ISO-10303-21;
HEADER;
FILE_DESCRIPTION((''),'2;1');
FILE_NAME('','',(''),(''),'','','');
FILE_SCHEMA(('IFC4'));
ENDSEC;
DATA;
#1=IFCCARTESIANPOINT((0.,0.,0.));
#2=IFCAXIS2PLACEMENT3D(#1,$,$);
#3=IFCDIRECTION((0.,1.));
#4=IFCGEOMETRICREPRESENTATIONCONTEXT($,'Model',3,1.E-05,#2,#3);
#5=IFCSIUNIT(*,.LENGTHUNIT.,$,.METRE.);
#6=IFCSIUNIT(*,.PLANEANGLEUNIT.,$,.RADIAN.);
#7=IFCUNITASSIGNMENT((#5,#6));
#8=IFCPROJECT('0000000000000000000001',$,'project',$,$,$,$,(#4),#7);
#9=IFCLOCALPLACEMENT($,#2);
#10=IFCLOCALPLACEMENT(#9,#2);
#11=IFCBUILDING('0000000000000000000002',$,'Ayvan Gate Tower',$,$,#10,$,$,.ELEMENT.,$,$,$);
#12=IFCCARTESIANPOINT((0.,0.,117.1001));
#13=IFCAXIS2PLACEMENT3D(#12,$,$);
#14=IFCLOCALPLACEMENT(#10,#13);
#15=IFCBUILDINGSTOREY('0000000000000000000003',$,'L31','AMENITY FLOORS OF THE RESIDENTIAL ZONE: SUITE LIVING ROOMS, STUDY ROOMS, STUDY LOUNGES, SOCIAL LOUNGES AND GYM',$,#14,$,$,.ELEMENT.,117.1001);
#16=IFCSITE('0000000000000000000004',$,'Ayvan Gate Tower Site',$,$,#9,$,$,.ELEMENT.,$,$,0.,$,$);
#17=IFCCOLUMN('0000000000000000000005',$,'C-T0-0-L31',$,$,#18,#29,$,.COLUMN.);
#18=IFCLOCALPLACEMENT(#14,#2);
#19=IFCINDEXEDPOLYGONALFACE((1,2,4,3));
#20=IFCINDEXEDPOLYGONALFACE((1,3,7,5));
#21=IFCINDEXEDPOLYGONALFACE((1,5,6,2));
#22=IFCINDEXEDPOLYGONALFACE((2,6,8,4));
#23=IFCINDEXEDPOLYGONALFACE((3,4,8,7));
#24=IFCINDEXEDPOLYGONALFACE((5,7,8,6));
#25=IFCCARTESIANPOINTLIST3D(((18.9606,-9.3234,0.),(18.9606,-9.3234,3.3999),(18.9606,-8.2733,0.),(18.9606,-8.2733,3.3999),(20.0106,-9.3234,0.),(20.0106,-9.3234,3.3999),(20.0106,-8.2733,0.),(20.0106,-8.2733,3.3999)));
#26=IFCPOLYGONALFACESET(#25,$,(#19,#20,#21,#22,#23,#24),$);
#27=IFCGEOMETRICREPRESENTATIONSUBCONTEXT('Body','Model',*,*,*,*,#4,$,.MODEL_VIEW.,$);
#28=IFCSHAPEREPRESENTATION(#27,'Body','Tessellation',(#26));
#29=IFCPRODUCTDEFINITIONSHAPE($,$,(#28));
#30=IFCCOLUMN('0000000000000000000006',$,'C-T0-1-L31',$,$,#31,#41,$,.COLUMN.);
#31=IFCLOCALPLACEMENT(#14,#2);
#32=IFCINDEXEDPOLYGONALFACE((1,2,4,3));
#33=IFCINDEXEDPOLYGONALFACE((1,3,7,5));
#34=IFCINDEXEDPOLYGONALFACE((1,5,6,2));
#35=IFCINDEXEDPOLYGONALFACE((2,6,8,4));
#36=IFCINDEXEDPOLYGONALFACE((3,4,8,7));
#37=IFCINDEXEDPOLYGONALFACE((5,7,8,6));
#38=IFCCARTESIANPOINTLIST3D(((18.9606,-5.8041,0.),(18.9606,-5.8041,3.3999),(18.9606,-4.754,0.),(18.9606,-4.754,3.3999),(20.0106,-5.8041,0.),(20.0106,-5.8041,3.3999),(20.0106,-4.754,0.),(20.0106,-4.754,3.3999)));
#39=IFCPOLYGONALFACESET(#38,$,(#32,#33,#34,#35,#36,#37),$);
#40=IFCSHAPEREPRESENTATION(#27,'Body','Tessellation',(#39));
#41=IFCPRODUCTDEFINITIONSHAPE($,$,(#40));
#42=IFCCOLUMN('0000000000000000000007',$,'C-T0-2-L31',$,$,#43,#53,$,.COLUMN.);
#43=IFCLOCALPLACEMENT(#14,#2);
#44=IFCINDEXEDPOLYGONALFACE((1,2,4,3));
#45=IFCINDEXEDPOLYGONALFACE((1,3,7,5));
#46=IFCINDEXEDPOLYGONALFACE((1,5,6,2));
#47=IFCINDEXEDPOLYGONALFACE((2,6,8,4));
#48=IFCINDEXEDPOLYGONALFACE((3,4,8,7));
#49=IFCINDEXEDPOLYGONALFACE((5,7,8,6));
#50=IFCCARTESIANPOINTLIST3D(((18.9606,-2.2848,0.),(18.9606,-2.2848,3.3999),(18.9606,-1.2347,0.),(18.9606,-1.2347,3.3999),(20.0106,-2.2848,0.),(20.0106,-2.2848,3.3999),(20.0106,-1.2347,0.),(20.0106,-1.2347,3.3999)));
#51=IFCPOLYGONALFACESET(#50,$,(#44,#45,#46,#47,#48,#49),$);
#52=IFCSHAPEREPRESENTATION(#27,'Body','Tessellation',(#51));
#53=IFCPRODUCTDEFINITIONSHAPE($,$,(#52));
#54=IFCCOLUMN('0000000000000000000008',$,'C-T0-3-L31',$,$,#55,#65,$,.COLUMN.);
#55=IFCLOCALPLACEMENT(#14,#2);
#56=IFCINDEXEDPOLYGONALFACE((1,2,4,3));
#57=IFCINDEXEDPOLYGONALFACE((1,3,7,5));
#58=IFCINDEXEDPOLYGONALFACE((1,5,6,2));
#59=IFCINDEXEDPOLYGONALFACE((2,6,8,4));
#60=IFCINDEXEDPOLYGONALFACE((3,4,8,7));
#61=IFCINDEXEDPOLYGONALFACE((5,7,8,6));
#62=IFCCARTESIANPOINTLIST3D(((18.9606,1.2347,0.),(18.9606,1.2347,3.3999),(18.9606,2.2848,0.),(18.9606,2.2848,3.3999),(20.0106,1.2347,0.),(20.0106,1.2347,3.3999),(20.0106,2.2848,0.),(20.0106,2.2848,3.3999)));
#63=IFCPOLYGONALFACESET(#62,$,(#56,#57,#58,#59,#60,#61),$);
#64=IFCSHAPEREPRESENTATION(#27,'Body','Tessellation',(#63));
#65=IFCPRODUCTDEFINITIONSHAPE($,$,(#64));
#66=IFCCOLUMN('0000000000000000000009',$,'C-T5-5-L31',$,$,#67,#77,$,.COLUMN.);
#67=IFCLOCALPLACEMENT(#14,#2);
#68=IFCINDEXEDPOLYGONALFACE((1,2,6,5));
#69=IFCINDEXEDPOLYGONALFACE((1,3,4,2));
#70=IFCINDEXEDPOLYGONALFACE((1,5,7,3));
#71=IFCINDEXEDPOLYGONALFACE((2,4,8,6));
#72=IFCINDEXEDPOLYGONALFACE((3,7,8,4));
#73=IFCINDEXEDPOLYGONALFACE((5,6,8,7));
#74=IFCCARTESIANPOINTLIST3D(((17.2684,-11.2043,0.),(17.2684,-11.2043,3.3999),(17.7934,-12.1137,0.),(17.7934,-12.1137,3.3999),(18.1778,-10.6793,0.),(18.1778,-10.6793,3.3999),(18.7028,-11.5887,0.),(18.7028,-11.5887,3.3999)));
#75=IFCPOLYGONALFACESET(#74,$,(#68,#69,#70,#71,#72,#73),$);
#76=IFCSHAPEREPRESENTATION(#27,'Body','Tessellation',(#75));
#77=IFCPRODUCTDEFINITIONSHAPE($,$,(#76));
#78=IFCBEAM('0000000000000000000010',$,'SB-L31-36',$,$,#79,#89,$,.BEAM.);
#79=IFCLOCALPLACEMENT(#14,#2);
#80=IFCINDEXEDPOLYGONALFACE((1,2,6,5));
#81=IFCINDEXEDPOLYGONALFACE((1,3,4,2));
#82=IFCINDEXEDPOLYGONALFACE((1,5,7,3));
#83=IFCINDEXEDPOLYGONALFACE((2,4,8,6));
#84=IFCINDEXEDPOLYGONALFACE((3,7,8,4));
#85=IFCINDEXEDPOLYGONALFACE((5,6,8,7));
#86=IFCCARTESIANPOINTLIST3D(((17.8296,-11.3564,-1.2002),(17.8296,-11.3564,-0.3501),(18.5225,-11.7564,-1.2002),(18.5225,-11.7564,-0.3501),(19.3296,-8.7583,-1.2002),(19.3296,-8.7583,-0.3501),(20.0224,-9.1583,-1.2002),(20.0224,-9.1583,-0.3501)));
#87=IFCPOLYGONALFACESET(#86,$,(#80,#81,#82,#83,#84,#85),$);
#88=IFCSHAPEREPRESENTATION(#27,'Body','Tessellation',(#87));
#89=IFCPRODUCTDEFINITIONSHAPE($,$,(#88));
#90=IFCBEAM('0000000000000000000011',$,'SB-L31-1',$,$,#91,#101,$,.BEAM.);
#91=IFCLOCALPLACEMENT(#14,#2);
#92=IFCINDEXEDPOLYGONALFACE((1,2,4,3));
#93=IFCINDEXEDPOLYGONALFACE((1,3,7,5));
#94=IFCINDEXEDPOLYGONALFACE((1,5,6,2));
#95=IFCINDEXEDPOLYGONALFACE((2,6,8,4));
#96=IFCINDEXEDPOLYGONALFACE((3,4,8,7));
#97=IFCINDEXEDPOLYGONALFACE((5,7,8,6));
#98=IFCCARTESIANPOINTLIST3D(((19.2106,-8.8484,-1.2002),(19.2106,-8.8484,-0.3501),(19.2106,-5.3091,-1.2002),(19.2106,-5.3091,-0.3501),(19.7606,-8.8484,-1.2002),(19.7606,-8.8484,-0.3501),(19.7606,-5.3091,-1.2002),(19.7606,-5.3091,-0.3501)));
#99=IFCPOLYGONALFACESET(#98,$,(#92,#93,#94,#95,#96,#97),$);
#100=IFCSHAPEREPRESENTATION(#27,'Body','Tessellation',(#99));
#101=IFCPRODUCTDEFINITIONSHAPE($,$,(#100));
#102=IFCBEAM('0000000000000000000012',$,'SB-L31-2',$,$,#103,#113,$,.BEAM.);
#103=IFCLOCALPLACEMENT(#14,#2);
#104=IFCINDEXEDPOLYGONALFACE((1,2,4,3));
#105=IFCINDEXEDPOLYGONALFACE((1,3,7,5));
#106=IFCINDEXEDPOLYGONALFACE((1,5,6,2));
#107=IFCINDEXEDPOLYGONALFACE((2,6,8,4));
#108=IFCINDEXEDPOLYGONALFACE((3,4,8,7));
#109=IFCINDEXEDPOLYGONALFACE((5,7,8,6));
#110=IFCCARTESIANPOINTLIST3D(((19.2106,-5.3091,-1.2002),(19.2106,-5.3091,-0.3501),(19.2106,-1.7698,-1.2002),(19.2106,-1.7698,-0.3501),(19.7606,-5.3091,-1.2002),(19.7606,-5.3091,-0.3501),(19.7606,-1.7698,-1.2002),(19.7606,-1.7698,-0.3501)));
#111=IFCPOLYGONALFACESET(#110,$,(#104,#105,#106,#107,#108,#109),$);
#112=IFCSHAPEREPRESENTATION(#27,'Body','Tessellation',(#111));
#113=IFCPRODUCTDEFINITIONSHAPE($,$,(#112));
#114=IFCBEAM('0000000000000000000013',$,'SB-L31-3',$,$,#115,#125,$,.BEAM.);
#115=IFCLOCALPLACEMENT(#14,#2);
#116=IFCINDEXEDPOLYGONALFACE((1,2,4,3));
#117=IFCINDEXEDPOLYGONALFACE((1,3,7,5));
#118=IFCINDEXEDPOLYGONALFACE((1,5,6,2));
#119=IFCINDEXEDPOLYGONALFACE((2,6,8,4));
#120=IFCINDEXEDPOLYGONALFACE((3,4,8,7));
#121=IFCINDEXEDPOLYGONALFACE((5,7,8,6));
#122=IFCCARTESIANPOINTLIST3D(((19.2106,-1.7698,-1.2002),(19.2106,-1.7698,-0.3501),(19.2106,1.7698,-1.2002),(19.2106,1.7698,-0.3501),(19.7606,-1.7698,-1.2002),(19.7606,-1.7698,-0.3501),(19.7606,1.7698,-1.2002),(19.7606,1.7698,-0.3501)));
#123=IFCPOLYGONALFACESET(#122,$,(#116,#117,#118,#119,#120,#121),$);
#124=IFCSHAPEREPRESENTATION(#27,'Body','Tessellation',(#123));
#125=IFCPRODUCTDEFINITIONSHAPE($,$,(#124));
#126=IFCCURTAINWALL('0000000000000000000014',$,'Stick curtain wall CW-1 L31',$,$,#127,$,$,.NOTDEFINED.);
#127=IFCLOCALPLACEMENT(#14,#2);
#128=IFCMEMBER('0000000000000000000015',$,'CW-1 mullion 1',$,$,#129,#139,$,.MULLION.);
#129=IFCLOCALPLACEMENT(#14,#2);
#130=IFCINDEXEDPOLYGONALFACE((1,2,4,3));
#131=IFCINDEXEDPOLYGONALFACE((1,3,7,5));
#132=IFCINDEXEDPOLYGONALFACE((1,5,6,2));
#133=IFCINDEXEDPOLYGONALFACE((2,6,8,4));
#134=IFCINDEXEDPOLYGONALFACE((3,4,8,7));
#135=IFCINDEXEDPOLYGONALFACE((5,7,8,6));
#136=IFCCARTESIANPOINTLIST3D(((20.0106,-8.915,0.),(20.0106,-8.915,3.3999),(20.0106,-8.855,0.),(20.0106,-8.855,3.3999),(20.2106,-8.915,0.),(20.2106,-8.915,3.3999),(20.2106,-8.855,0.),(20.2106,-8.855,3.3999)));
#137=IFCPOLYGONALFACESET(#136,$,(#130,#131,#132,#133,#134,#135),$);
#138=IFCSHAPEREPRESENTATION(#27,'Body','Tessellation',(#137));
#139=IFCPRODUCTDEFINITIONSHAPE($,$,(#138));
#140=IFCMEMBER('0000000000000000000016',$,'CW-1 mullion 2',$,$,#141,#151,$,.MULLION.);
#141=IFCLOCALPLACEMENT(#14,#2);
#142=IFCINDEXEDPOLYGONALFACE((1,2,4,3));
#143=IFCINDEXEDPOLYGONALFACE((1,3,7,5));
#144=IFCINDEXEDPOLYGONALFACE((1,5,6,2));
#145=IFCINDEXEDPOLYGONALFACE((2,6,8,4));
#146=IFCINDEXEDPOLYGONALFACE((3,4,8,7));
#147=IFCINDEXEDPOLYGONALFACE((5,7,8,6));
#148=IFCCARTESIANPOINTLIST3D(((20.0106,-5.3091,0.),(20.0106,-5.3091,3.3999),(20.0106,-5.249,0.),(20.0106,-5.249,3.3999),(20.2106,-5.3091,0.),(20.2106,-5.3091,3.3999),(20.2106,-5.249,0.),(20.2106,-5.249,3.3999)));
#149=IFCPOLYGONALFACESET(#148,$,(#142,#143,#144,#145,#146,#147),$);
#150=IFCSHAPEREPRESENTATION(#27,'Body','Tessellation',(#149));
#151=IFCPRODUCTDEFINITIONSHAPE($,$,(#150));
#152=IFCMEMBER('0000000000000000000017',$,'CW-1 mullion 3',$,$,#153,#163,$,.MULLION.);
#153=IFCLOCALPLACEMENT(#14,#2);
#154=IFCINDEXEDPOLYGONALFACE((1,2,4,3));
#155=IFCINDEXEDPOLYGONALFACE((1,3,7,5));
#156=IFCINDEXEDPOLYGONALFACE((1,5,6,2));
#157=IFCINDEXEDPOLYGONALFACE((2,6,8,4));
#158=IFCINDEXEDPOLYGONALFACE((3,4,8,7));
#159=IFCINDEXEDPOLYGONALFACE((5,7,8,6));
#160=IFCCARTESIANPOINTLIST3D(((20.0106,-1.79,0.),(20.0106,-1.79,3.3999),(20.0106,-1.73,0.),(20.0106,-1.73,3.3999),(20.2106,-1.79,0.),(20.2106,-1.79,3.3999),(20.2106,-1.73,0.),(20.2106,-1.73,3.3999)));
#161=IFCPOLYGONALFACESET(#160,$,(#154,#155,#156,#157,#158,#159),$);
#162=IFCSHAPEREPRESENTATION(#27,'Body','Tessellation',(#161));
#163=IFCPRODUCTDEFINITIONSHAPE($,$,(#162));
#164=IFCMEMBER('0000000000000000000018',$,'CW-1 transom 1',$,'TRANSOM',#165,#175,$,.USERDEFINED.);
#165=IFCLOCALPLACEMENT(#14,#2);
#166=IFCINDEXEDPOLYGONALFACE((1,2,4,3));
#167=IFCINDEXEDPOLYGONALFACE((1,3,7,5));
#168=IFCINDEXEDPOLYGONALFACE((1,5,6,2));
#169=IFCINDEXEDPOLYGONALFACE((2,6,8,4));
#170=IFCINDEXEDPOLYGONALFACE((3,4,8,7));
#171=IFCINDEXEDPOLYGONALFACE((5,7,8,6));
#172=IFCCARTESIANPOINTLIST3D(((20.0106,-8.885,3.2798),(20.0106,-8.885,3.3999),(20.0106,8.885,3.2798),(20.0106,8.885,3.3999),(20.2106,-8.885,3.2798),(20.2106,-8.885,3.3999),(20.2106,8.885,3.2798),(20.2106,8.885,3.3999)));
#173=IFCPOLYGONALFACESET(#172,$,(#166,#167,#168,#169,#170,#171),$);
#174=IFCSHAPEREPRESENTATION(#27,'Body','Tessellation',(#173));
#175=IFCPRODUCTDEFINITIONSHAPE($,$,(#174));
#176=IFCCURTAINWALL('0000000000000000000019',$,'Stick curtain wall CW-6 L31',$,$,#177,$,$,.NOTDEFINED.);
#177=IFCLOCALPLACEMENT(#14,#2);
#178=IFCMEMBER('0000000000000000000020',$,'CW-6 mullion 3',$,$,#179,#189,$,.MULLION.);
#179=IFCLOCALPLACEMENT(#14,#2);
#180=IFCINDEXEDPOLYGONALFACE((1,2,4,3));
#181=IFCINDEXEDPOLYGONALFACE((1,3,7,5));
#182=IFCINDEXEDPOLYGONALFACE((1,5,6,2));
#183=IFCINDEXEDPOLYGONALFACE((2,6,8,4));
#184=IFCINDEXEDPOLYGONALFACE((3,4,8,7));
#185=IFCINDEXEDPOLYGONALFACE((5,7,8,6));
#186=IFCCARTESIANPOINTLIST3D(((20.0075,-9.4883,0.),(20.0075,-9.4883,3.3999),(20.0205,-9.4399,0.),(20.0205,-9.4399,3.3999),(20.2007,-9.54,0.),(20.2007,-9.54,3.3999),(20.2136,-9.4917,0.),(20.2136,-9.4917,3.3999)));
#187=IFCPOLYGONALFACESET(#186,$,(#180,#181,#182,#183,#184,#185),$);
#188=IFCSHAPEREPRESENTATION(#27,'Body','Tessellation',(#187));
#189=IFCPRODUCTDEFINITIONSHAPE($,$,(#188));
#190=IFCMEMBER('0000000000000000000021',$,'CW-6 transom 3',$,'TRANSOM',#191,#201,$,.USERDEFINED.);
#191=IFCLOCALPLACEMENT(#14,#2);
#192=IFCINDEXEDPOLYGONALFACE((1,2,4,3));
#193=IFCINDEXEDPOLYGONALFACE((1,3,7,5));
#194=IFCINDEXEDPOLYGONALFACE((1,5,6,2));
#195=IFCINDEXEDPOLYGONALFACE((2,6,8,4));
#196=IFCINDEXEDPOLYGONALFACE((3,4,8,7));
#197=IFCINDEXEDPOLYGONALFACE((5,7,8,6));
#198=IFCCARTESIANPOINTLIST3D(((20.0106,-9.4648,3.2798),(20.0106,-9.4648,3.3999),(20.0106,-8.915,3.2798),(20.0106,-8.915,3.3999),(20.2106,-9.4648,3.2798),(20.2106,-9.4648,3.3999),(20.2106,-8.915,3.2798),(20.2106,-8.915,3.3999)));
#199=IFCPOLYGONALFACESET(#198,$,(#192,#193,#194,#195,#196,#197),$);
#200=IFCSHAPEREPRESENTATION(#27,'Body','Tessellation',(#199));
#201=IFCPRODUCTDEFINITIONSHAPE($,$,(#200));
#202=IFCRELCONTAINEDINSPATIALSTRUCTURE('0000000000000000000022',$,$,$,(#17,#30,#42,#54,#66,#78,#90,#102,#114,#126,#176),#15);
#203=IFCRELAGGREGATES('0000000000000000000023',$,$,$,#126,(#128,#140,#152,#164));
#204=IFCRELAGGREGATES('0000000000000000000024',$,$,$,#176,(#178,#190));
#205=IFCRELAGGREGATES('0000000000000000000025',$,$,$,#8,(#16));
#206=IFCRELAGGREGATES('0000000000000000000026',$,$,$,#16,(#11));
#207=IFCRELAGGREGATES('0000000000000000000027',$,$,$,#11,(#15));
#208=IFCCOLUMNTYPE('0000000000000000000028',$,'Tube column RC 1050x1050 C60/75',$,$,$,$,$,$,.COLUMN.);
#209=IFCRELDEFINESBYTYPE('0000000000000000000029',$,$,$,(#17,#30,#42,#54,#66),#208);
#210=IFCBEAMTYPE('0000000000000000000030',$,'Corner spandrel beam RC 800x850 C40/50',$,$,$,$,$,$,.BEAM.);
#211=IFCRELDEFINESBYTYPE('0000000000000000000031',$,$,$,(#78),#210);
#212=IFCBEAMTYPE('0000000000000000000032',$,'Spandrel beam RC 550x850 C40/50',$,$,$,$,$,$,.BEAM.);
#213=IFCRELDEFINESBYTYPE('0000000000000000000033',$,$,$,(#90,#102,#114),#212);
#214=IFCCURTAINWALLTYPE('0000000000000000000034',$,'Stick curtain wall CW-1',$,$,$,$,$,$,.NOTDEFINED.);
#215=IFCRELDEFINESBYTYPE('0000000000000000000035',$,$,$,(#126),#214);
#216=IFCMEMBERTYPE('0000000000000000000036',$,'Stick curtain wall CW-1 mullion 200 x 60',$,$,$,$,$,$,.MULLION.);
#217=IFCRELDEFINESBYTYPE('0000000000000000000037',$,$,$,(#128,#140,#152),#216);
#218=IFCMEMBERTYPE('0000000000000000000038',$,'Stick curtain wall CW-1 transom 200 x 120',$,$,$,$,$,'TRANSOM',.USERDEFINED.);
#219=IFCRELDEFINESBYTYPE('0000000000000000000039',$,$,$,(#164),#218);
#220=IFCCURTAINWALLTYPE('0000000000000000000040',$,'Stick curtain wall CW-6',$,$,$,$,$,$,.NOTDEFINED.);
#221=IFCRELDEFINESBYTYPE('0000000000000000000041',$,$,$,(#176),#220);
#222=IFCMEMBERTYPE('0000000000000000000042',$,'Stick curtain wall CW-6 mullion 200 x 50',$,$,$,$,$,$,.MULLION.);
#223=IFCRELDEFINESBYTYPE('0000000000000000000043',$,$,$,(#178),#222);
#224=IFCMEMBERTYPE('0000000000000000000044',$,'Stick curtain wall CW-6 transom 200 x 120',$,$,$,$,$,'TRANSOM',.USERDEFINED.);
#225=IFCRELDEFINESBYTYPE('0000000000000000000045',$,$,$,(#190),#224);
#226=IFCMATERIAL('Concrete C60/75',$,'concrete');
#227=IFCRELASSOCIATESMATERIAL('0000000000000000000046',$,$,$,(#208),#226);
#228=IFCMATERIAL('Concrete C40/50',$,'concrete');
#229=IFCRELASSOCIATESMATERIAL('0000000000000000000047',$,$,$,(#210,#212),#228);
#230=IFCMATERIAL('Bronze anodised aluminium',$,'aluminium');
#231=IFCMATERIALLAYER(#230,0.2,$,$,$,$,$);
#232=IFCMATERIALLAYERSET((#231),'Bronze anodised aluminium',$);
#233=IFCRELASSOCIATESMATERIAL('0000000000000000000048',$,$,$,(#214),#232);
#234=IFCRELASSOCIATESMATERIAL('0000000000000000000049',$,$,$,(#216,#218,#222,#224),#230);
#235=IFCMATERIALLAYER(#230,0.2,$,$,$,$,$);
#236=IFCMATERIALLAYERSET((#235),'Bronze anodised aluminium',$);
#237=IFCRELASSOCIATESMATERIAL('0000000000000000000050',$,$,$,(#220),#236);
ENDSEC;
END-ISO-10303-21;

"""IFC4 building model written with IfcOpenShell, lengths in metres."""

from ifc_helpers import new_model, si_unit, direction, frame, origin, origin_2d, place, context, subcontext, project, spatial, rectangle, extrude, material, layer, layer_set, material_profile, profile_set, type_object, element, aggregate, save


model = new_model("IFC4")

# Units and contexts
model_context = context("Model", 3, precision=1e-05, world=origin(), true_north=direction((0.0, 1.0)))
body_context = subcontext(model_context, "Body", "Model", "MODEL_VIEW")
ifc_project = project(units=[si_unit("LENGTHUNIT", "METRE"), si_unit("PLANEANGLEUNIT", "RADIAN")], contexts=[model_context])

# Site, building, storey
site_placement = place(None, origin())
site = spatial("IfcSite", under=ifc_project, at=site_placement, Name="Ayvan Gate Tower Site", CompositionType="ELEMENT", RefElevation=0.0)
building_placement = place(site_placement, origin())
building = spatial("IfcBuilding", under=site, at=building_placement, Name="Ayvan Gate Tower", CompositionType="ELEMENT")
storey_placement = place(building_placement, frame((0.0, 0.0, 117.1001)))
storey = spatial("IfcBuildingStorey", under=building, at=storey_placement, Name="L31", Description="AMENITY FLOORS OF THE RESIDENTIAL ZONE: SUITE LIVING ROOMS, STUDY ROOMS, STUDY LOUNGES, SOCIAL LOUNGES AND GYM", CompositionType="ELEMENT", Elevation=117.1001)

# Columns
ifc_material_1 = material(Name="Concrete C60/75", Category="concrete")
ifc_material_profile_1 = material_profile(ifc_material_1, rectangle(XDim=1.05, YDim=1.05, at=origin_2d()), Name="RC 1050x1050")
ifc_profile_set_1 = profile_set([ifc_material_profile_1], Name="Concrete C60/75")
column_type = type_object("IfcColumnType", Name="Tube column RC 1050x1050 C60/75", PredefinedType="COLUMN", material=ifc_profile_set_1)
for number, where, z_axis, x_axis, name in (
    (1, (19.4856, -8.7983, 0.0), (0.0, 0.0, 1.0), (1.0, 0.0, 0.0), "C-T0-0-L31"),
    (2, (19.4856, -5.2791, 0.0), (0.0, 0.0, 1.0), (1.0, 0.0, 0.0), "C-T0-1-L31"),
    (3, (19.4856, -1.7598, 0.0), (0.0, 0.0, 1.0), (1.0, 0.0, 0.0), "C-T0-2-L31"),
    (4, (19.4856, 1.7598, 0.0), (0.0, 0.0, 1.0), (1.0, 0.0, 0.0), "C-T0-3-L31"),
    (5, (17.9856, -11.3965, 0.0), (0.0, 0.0, 1.0), (0.5, -0.866025, 0.0), "C-T5-5-L31"),
):
    element("IfcColumn", number, at=place(storey_placement, frame(where, z_axis=z_axis, x_axis=x_axis)), inside=storey, type_object=column_type, Name=name, PredefinedType="COLUMN", context=body_context, shape_type="SweptSolid", body=[
        extrude(rectangle(XDim=1.05, YDim=1.05, at=origin_2d()), origin(), (0.0, 0.0, 1.0), 3.3999),
    ])

# Beams
ifc_material_2 = material(Name="Concrete C40/50", Category="concrete")
ifc_material_profile_2 = material_profile(ifc_material_2, rectangle(XDim=0.8, YDim=0.8501, at=origin_2d()), Name="RC 800x850")
ifc_profile_set_2 = profile_set([ifc_material_profile_2], Name="Concrete C40/50")
beam_type_1 = type_object("IfcBeamType", Name="Corner spandrel beam RC 800x850 C40/50", PredefinedType="BEAM", material=ifc_profile_set_2)
beam_1_placement = place(storey_placement, frame((18.176, -11.5564, -0.7751), z_axis=(0.49999, 0.866031, 0.0), x_axis=(-0.866031, 0.49999, 0.0)))
element("IfcBeam", 6, at=beam_1_placement, inside=storey, type_object=beam_type_1, Name="SB-L31-36", PredefinedType="BEAM", context=body_context, shape_type="SweptSolid", body=[
    extrude(rectangle(XDim=0.8, YDim=0.8501, at=origin_2d()), origin(), (0.0, 0.0, 1.0), 3.0),
])
ifc_material_profile_3 = material_profile(ifc_material_2, rectangle(XDim=0.55, YDim=0.8501, at=origin_2d()), Name="RC 550x850")
ifc_profile_set_3 = profile_set([ifc_material_profile_3], Name="Concrete C40/50")
beam_type_2 = type_object("IfcBeamType", Name="Spandrel beam RC 550x850 C40/50", PredefinedType="BEAM", material=ifc_profile_set_3)
for number, where, z_axis, x_axis, name in (
    (7, (19.4856, -8.8484, -0.7751), (0.0, 1.0, 0.0), (-1.0, 0.0, 0.0), "SB-L31-1"),
    (8, (19.4856, -5.3091, -0.7751), (0.0, 1.0, 0.0), (-1.0, 0.0, 0.0), "SB-L31-2"),
):
    element("IfcBeam", number, at=place(storey_placement, frame(where, z_axis=z_axis, x_axis=x_axis)), inside=storey, type_object=beam_type_2, Name=name, PredefinedType="BEAM", context=body_context, shape_type="SweptSolid", body=[
        extrude(rectangle(XDim=0.55, YDim=0.8501, at=origin_2d()), origin(), (0.0, 0.0, 1.0), 3.5393),
    ])
beam_2_placement = place(storey_placement, frame((19.4856, -1.7698, -0.7751), z_axis=(0.0, 1.0, 0.0), x_axis=(-1.0, 0.0, 0.0)))
element("IfcBeam", 9, at=beam_2_placement, inside=storey, type_object=beam_type_2, Name="SB-L31-3", PredefinedType="BEAM", context=body_context, shape_type="SweptSolid", body=[
    extrude(rectangle(XDim=0.55, YDim=0.8501, at=origin_2d()), origin(), (0.0, 0.0, 1.0), 3.5396),
])

# Curtain walls, members
ifc_material_3 = material(Name="Bronze anodised aluminium", Category="aluminium")
ifc_layer_1 = layer(ifc_material_3, 0.2)
ifc_layer_set_1 = layer_set([ifc_layer_1], Name="Bronze anodised aluminium")
curtain_wall_type_1 = type_object("IfcCurtainWallType", Name="Stick curtain wall CW-1", PredefinedType="NOTDEFINED", material=ifc_layer_set_1)
curtain_wall_1_placement = place(storey_placement, origin())
curtain_wall_1 = element("IfcCurtainWall", 10, at=curtain_wall_1_placement, inside=storey, type_object=curtain_wall_type_1, Name="Stick curtain wall CW-1 L31", PredefinedType="NOTDEFINED")
ifc_material_profile_4 = material_profile(ifc_material_3, rectangle(XDim=0.2, YDim=0.0601, at=origin_2d()), Name="Stick curtain wall CW-1 mullion 200 x 60")
ifc_profile_set_4 = profile_set([ifc_material_profile_4], Name="Bronze anodised aluminium")
member_type_1 = type_object("IfcMemberType", Name="Stick curtain wall CW-1 mullion 200 x 60", PredefinedType="MULLION", material=ifc_profile_set_4)
member_1_placement = place(storey_placement, frame((20.1106, -8.885, 0.0), z_axis=(0.0, 0.0, 1.0), x_axis=(1.0, 0.0, 0.0)))
member_1 = element("IfcMember", 11, at=member_1_placement, type_object=member_type_1, Name="CW-1 mullion 1", PredefinedType="MULLION", context=body_context, shape_type="SweptSolid", body=[
    extrude(rectangle(XDim=0.2, YDim=0.0601, at=origin_2d()), origin(), (0.0, 0.0, 1.0), 3.3999),
])
member_2_placement = place(storey_placement, frame((20.1106, -5.2791, 0.0), z_axis=(0.0, 0.0, 1.0), x_axis=(1.0, 0.0, 0.0)))
member_2 = element("IfcMember", 12, at=member_2_placement, type_object=member_type_1, Name="CW-1 mullion 2", PredefinedType="MULLION", context=body_context, shape_type="SweptSolid", body=[
    extrude(rectangle(XDim=0.2, YDim=0.0601, at=origin_2d()), origin(), (0.0, 0.0, 1.0), 3.3999),
])
member_3_placement = place(storey_placement, frame((20.1106, -1.76, 0.0), z_axis=(0.0, 0.0, 1.0), x_axis=(1.0, 0.0, 0.0)))
member_3 = element("IfcMember", 13, at=member_3_placement, type_object=member_type_1, Name="CW-1 mullion 3", PredefinedType="MULLION", context=body_context, shape_type="SweptSolid", body=[
    extrude(rectangle(XDim=0.2, YDim=0.0601, at=origin_2d()), origin(), (0.0, 0.0, 1.0), 3.3999),
])
ifc_material_profile_5 = material_profile(ifc_material_3, rectangle(XDim=0.2, YDim=0.1201, at=origin_2d()), Name="Stick curtain wall CW-1 transom 200 x 120")
ifc_profile_set_5 = profile_set([ifc_material_profile_5], Name="Bronze anodised aluminium")
member_type_2 = type_object("IfcMemberType", Name="Stick curtain wall CW-1 transom 200 x 120", ElementType="TRANSOM", PredefinedType="USERDEFINED", material=ifc_profile_set_5)
member_4_placement = place(storey_placement, frame((20.1106, -8.885, 3.3398), z_axis=(0.0, 1.0, 0.0), x_axis=(-1.0, 0.0, 0.0)))
member_4 = element("IfcMember", 14, at=member_4_placement, type_object=member_type_2, Name="CW-1 transom 1", ObjectType="TRANSOM", PredefinedType="USERDEFINED", context=body_context, shape_type="SweptSolid", body=[
    extrude(rectangle(XDim=0.2, YDim=0.1201, at=origin_2d()), origin(), (0.0, 0.0, 1.0), 17.77),
])
ifc_layer_2 = layer(ifc_material_3, 0.2)
ifc_layer_set_2 = layer_set([ifc_layer_2], Name="Bronze anodised aluminium")
curtain_wall_type_2 = type_object("IfcCurtainWallType", Name="Stick curtain wall CW-6", PredefinedType="NOTDEFINED", material=ifc_layer_set_2)
curtain_wall_2_placement = place(storey_placement, origin())
curtain_wall_2 = element("IfcCurtainWall", 15, at=curtain_wall_2_placement, inside=storey, type_object=curtain_wall_type_2, Name="Stick curtain wall CW-6 L31", PredefinedType="NOTDEFINED")
ifc_material_profile_6 = material_profile(ifc_material_3, rectangle(XDim=0.2, YDim=0.05, at=origin_2d()), Name="Stick curtain wall CW-6 mullion 200 x 50")
ifc_profile_set_6 = profile_set([ifc_material_profile_6], Name="Bronze anodised aluminium")
member_type_3 = type_object("IfcMemberType", Name="Stick curtain wall CW-6 mullion 200 x 50", PredefinedType="MULLION", material=ifc_profile_set_6)
member_5_placement = place(storey_placement, frame((20.1106, -9.49, 0.0), z_axis=(0.0, 0.0, 1.0), x_axis=(0.965926, -0.258819, 0.0)))
member_5 = element("IfcMember", 16, at=member_5_placement, type_object=member_type_3, Name="CW-6 mullion 3", PredefinedType="MULLION", context=body_context, shape_type="SweptSolid", body=[
    extrude(rectangle(XDim=0.2, YDim=0.05, at=origin_2d()), origin(), (0.0, 0.0, 1.0), 3.3999),
])
ifc_material_profile_7 = material_profile(ifc_material_3, rectangle(XDim=0.2, YDim=0.1201, at=origin_2d()), Name="Stick curtain wall CW-6 transom 200 x 120")
ifc_profile_set_7 = profile_set([ifc_material_profile_7], Name="Bronze anodised aluminium")
member_type_4 = type_object("IfcMemberType", Name="Stick curtain wall CW-6 transom 200 x 120", ElementType="TRANSOM", PredefinedType="USERDEFINED", material=ifc_profile_set_7)
member_6_placement = place(storey_placement, frame((20.1106, -9.4648, 3.3398), z_axis=(0.0, 1.0, 0.0), x_axis=(-1.0, 0.0, 0.0)))
member_6 = element("IfcMember", 17, at=member_6_placement, type_object=member_type_4, Name="CW-6 transom 3", ObjectType="TRANSOM", PredefinedType="USERDEFINED", context=body_context, shape_type="SweptSolid", body=[
    extrude(rectangle(XDim=0.2, YDim=0.1201, at=origin_2d()), origin(), (0.0, 0.0, 1.0), 0.5498),
])

aggregate(curtain_wall_1, [member_1, member_2, member_3, member_4])
aggregate(curtain_wall_2, [member_5, member_6])

save(model, "model.ifc")
